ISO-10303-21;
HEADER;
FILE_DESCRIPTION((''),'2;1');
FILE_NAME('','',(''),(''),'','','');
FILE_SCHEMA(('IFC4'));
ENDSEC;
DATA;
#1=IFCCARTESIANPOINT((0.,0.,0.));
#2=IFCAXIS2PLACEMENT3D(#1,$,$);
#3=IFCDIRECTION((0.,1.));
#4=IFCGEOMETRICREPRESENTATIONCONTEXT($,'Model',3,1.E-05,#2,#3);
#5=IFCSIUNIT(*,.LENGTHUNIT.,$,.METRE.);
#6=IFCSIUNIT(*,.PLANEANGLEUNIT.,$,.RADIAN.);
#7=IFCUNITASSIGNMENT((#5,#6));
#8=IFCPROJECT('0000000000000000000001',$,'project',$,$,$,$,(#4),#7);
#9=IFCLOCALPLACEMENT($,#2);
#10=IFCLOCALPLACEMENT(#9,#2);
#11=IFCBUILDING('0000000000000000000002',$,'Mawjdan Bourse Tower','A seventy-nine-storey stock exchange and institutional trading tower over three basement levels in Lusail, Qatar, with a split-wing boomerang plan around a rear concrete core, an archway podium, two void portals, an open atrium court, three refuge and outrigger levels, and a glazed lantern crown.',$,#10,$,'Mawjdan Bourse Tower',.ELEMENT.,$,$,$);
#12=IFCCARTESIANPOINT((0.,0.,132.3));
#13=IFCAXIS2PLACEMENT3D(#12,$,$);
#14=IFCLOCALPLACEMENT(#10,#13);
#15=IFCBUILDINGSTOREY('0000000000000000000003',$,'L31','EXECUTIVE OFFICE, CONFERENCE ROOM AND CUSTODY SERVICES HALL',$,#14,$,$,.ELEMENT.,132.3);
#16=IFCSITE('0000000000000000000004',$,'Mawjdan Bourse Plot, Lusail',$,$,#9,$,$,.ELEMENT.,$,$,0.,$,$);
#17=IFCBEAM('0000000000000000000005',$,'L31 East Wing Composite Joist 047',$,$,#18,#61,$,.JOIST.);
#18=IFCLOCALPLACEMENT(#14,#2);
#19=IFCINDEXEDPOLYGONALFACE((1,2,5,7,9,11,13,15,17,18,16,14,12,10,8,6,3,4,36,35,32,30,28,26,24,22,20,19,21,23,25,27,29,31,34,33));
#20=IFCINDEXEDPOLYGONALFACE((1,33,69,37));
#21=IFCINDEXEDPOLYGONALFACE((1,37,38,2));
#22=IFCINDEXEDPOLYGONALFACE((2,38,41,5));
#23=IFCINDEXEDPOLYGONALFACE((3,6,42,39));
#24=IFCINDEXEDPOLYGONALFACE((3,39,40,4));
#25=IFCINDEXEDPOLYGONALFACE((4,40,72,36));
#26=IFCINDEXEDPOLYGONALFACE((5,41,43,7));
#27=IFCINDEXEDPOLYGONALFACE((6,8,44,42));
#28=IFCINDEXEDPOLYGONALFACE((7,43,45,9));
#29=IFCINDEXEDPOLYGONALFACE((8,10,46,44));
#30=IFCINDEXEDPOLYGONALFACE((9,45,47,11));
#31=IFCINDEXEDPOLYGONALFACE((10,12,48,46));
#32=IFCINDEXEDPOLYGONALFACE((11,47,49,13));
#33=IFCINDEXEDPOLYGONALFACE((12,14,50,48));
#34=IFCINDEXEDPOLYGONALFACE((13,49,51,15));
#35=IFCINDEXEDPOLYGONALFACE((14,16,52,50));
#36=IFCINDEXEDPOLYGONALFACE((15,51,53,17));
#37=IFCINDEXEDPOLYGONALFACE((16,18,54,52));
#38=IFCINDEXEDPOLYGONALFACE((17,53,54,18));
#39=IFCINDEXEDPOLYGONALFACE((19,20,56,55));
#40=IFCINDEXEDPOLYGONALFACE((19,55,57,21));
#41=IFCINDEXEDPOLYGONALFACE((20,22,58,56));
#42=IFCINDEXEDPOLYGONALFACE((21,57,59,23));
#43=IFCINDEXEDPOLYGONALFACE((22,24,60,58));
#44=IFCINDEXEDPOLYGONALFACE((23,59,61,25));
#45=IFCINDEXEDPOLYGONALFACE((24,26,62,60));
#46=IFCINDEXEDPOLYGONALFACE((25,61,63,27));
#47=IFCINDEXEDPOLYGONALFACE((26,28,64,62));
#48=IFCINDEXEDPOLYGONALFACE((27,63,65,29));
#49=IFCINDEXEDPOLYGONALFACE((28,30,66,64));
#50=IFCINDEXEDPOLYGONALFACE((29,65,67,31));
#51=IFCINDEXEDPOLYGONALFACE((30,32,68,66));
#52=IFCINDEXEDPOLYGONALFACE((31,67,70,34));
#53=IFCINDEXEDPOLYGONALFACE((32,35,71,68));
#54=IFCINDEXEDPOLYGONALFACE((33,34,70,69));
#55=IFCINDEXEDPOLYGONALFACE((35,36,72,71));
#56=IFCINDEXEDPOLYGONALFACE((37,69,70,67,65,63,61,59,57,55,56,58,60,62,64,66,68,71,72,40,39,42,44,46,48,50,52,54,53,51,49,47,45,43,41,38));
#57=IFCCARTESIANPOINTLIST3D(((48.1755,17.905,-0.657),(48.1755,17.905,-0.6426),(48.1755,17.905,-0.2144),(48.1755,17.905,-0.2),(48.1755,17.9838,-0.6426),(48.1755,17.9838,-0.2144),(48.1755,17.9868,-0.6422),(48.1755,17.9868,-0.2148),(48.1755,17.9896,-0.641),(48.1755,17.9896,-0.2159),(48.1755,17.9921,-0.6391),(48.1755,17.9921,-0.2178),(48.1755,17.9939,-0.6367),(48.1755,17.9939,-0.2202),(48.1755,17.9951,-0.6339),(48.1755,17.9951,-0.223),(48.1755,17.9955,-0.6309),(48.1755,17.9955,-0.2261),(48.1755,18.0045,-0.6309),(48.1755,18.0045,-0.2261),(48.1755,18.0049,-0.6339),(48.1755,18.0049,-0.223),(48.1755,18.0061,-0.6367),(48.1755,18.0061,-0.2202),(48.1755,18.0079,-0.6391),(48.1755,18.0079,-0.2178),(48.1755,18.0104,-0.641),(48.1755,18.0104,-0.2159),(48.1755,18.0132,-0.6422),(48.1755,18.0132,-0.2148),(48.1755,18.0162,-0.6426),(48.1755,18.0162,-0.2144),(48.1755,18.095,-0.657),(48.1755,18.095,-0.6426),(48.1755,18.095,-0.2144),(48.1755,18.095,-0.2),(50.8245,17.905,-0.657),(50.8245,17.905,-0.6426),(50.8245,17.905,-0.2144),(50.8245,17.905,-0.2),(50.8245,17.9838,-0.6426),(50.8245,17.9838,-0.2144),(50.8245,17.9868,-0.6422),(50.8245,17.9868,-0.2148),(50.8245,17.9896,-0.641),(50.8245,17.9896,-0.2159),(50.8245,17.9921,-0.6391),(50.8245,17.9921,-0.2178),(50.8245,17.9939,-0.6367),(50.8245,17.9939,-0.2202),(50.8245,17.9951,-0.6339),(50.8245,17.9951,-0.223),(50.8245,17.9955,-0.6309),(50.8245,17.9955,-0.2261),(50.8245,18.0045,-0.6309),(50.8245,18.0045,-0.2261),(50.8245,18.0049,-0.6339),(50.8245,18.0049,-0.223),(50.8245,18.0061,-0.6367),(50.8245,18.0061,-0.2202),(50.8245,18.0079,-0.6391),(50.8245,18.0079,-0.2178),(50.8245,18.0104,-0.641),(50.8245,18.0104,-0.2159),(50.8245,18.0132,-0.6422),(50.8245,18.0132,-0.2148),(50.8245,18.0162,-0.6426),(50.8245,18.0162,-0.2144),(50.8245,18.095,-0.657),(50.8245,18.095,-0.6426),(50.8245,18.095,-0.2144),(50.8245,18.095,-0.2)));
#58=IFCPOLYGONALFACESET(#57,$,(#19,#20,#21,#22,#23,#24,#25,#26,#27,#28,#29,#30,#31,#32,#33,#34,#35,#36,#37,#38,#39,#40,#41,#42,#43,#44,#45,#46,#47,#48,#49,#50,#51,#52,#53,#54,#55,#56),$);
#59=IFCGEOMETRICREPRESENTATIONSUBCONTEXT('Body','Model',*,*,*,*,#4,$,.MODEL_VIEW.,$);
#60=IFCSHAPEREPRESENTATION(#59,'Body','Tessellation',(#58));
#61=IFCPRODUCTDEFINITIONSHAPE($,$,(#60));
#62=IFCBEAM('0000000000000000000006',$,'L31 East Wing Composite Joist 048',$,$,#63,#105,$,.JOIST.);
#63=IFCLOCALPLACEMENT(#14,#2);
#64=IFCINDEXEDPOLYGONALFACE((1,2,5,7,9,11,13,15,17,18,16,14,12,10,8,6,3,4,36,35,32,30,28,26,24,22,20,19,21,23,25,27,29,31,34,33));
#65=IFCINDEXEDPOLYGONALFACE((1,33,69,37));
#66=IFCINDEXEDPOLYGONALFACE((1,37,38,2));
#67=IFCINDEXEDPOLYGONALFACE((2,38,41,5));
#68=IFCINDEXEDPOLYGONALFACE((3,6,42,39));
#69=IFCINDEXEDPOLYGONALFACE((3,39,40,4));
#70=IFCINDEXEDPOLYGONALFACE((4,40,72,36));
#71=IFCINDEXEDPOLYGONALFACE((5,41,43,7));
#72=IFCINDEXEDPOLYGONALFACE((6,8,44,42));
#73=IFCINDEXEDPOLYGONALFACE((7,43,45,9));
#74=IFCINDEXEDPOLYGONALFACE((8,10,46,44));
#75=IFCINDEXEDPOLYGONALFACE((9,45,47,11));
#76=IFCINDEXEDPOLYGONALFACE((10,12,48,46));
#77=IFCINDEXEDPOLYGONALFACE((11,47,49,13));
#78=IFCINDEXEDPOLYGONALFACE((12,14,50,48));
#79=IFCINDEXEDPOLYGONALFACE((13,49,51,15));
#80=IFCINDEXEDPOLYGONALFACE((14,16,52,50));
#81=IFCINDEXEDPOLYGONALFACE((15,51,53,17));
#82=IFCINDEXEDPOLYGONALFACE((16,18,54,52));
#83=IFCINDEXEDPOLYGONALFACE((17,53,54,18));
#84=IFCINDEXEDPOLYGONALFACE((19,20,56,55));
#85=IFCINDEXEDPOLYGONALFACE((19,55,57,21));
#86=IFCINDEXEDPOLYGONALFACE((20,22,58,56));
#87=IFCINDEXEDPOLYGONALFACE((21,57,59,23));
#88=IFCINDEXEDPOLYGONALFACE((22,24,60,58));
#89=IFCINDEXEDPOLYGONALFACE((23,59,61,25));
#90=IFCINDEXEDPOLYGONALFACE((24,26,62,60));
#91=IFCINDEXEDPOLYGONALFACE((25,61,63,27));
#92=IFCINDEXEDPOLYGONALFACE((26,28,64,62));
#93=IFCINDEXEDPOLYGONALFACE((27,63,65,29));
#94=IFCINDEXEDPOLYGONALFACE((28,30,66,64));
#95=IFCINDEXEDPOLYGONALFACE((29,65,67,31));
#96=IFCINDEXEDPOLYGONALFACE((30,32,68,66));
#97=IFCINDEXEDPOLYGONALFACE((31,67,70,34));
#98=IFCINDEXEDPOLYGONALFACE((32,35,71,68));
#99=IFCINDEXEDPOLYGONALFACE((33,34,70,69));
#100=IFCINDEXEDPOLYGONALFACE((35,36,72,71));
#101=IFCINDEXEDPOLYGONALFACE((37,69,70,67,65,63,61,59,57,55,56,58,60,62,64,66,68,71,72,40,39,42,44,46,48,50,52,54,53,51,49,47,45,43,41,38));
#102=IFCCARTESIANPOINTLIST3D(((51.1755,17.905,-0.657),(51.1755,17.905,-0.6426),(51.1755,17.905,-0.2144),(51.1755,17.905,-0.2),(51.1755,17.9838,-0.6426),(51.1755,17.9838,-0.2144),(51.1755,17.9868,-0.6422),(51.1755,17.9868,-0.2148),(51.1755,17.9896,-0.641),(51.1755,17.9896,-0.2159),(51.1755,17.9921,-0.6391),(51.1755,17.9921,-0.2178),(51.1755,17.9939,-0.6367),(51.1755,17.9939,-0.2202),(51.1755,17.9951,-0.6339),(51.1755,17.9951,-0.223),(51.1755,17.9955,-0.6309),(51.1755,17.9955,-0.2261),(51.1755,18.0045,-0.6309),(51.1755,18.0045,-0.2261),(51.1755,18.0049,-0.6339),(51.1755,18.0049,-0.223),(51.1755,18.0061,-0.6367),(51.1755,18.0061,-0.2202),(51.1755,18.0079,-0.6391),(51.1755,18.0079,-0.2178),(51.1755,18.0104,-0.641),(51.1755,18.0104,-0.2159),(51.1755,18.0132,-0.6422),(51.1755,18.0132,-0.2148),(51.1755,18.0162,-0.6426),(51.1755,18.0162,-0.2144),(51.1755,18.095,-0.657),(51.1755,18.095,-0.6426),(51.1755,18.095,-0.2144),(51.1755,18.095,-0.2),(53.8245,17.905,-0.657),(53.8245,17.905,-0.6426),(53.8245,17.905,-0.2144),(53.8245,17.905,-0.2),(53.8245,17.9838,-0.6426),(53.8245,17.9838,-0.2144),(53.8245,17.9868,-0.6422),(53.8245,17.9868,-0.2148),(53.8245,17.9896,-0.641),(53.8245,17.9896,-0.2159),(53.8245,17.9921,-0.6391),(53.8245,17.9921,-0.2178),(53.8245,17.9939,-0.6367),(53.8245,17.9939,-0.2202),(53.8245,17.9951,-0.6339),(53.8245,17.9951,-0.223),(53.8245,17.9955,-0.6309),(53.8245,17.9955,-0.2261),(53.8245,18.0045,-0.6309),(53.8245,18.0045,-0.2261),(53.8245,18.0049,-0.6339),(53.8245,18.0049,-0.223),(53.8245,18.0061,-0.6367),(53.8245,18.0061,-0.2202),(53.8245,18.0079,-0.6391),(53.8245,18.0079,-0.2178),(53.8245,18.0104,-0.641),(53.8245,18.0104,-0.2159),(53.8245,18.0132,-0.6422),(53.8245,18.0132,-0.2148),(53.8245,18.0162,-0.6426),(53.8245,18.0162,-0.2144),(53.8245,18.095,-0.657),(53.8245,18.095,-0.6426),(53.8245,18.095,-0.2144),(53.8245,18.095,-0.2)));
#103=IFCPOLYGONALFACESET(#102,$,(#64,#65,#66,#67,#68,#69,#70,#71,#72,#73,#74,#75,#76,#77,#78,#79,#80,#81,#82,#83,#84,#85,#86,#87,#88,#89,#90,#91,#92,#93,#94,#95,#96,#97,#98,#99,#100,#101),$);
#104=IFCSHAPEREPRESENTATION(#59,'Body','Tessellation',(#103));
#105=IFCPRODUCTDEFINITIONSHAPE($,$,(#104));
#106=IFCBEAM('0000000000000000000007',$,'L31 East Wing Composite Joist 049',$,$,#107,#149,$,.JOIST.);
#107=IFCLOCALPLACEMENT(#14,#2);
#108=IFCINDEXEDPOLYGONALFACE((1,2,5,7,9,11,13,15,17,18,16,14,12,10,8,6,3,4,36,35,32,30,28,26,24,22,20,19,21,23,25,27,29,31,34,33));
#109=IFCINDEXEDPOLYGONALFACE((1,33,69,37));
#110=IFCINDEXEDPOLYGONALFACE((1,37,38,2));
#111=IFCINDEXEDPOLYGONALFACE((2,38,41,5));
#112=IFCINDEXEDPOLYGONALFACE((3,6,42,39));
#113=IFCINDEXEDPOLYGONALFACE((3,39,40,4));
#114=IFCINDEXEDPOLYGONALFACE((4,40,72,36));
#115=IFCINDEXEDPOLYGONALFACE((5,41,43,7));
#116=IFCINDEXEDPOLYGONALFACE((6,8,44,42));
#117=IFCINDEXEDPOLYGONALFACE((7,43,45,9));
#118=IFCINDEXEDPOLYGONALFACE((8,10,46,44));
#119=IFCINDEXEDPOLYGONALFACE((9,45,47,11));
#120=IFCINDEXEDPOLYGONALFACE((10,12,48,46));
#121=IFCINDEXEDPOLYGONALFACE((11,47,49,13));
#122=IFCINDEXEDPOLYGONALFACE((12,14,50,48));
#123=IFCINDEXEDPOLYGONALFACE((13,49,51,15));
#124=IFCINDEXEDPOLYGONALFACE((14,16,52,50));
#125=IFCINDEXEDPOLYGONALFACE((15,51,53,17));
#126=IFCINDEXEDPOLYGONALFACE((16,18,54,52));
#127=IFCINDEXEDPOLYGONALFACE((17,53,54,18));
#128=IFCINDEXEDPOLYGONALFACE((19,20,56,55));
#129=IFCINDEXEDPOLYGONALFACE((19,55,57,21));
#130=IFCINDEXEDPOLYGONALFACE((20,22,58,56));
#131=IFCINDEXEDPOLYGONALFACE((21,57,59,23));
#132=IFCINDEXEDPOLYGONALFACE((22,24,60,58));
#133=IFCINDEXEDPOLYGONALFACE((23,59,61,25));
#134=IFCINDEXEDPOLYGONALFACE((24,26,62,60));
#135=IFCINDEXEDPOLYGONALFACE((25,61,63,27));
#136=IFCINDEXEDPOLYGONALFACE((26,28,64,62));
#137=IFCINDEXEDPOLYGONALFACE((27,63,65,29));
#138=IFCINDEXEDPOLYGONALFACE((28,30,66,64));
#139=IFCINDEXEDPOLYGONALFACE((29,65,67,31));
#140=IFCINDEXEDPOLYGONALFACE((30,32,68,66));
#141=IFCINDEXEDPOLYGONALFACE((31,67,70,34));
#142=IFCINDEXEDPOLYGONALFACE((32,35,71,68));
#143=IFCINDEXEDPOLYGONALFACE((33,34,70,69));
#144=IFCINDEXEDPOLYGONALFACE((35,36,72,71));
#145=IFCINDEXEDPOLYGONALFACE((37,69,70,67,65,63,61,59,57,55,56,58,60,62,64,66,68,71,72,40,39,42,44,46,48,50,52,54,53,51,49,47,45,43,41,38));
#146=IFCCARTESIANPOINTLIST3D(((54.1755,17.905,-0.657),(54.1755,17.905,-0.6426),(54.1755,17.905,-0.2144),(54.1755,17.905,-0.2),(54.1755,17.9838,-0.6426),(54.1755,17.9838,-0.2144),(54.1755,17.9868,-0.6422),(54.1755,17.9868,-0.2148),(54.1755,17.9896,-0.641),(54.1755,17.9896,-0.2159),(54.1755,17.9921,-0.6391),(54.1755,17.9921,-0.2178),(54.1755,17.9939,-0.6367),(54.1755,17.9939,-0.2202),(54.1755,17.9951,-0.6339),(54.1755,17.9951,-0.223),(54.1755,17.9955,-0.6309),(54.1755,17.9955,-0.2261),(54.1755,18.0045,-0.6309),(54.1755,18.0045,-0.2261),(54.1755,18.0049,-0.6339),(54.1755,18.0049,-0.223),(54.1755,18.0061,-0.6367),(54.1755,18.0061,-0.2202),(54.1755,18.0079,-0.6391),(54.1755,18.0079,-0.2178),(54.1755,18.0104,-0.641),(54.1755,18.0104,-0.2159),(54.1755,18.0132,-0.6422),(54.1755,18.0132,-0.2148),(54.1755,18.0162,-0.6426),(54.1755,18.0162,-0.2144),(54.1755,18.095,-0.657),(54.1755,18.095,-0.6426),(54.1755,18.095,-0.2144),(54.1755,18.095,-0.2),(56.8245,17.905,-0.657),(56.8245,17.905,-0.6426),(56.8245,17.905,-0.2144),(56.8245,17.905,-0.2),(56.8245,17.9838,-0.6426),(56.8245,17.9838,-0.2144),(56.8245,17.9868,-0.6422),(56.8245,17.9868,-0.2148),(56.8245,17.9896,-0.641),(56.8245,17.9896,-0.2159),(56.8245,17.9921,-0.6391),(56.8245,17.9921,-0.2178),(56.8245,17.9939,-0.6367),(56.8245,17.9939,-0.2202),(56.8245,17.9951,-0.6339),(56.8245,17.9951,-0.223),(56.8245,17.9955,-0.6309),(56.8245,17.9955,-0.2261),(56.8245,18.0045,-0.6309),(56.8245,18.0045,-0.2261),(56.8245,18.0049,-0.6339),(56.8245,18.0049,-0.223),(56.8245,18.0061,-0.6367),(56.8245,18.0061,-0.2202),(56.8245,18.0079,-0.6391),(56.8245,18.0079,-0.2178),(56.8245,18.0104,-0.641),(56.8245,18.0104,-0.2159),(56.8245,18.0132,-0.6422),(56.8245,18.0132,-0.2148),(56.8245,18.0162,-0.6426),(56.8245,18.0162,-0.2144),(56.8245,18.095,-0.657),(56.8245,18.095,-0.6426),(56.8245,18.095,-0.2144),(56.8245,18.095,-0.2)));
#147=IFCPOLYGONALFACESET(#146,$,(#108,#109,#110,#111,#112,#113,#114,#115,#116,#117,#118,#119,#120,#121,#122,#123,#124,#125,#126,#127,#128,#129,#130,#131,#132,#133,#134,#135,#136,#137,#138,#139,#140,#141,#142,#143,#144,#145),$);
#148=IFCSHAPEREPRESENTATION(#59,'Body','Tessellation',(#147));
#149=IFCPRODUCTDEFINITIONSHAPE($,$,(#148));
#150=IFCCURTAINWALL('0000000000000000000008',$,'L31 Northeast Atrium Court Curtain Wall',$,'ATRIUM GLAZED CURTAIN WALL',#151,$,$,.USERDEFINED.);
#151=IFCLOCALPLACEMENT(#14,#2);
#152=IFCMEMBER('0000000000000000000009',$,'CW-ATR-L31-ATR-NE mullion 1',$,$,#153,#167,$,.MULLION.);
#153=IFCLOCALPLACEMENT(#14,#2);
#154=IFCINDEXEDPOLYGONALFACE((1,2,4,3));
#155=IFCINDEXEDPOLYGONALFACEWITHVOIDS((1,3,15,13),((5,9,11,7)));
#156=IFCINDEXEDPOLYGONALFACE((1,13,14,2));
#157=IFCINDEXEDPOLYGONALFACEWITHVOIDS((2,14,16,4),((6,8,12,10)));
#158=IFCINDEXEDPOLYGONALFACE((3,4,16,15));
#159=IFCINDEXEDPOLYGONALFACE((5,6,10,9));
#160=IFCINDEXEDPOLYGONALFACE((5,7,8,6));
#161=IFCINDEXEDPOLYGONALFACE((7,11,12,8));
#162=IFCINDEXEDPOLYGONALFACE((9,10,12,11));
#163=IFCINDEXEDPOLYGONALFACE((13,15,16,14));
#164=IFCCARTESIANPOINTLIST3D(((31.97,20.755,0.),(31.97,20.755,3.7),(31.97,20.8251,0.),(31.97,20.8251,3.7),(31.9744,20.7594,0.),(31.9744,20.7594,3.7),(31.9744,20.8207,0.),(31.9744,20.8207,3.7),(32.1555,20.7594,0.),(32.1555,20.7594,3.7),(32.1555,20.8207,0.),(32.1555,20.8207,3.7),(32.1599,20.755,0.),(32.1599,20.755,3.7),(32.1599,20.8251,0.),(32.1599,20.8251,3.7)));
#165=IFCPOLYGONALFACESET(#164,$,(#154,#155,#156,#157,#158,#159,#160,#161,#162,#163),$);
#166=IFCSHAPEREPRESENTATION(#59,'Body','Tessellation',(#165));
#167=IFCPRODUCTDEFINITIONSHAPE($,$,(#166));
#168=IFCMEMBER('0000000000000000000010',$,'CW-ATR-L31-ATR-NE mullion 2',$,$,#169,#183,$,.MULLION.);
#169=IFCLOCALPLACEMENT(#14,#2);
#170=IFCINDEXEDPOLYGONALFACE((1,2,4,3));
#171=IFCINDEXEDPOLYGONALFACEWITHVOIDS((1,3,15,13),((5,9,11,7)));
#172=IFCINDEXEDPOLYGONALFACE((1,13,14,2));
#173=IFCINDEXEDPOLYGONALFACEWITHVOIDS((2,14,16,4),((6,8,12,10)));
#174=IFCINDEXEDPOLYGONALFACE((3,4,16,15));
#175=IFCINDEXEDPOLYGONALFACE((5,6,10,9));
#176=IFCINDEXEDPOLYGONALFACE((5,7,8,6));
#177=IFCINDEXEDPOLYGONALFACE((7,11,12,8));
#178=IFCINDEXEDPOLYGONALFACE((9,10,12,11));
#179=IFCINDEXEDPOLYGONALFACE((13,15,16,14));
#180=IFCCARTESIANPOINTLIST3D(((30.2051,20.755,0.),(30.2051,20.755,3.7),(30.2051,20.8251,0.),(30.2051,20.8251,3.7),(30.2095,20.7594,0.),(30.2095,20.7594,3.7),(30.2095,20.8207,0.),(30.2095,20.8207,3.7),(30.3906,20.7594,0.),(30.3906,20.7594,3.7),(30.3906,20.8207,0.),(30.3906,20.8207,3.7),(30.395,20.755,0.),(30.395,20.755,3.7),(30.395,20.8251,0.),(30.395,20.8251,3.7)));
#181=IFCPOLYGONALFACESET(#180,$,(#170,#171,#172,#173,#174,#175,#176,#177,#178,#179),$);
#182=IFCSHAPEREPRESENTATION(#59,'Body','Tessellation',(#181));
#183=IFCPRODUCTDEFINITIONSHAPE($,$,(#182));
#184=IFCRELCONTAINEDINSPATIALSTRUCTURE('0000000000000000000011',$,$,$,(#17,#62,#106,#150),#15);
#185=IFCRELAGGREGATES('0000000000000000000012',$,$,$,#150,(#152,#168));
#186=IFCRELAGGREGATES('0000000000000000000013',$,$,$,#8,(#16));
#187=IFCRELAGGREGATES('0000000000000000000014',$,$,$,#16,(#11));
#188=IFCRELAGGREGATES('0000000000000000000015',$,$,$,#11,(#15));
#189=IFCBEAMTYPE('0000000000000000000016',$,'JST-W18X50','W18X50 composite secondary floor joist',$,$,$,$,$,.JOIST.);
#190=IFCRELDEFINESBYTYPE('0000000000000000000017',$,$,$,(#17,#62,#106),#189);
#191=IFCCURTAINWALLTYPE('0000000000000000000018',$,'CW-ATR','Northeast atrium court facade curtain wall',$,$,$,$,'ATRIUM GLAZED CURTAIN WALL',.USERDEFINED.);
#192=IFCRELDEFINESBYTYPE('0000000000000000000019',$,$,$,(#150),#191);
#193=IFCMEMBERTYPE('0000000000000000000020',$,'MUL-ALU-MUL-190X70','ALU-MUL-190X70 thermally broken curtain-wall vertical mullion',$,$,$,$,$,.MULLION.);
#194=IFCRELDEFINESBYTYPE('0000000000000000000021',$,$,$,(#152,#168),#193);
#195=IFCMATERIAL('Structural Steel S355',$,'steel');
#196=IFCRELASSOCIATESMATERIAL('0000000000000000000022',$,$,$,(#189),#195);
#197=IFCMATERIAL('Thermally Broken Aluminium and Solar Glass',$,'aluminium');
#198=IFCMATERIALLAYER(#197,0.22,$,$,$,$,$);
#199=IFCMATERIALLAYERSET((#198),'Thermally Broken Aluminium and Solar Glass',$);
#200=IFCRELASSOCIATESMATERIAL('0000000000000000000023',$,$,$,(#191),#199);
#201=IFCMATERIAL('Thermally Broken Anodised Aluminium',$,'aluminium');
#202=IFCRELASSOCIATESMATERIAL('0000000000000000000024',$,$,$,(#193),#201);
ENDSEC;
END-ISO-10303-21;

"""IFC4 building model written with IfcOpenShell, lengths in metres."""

from ifc_helpers import new_model, si_unit, direction, frame, origin, origin_2d, place, context, subcontext, project, spatial, hollow_rectangle, i_section, extrude, material, layer, layer_set, material_profile, profile_set, type_object, element, aggregate, save


model = new_model("IFC4")

# Units and contexts
model_context = context("Model", 3, precision=1e-05, world=origin(), true_north=direction((0.0, 1.0)))
body_context = subcontext(model_context, "Body", "Model", "MODEL_VIEW")
ifc_project = project(units=[si_unit("LENGTHUNIT", "METRE"), si_unit("PLANEANGLEUNIT", "RADIAN")], contexts=[model_context])

# Site, building, storey
site_placement = place(None, origin())
site = spatial("IfcSite", under=ifc_project, at=site_placement, Name="Mawjdan Bourse Plot, Lusail", CompositionType="ELEMENT", RefElevation=0.0)
building_placement = place(site_placement, origin())
building = spatial("IfcBuilding", under=site, at=building_placement, Name="Mawjdan Bourse Tower", Description="A seventy-nine-storey stock exchange and institutional trading tower over three basement levels in Lusail, Qatar, with a split-wing boomerang plan around a rear concrete core, an archway podium, two void portals, an open atrium court, three refuge and outrigger levels, and a glazed lantern crown.", LongName="Mawjdan Bourse Tower", CompositionType="ELEMENT")
storey_placement = place(building_placement, frame((0.0, 0.0, 132.3)))
storey = spatial("IfcBuildingStorey", under=building, at=storey_placement, Name="L31", Description="EXECUTIVE OFFICE, CONFERENCE ROOM AND CUSTODY SERVICES HALL", CompositionType="ELEMENT", Elevation=132.3)

# Beams
ifc_material_1 = material(Name="Structural Steel S355", Category="steel")
ifc_material_profile_1 = material_profile(ifc_material_1, i_section(OverallWidth=0.1899, OverallDepth=0.457, WebThickness=0.009, FlangeThickness=0.0144, FilletRadius=0.0117, at=origin_2d()), Name="W18X50")
ifc_profile_set_1 = profile_set([ifc_material_profile_1], Name="Structural Steel S355")
beam_type_1 = type_object("IfcBeamType", Name="JST-W18X50", Description="W18X50 composite secondary floor joist", PredefinedType="JOIST", material=ifc_profile_set_1)
for number, where, z_axis, x_axis, name in (
    (1, (48.1755, 18.0, -0.4285), (1.0, 0.0, 0.0), (0.0, 1.0, 0.0), "L31 East Wing Composite Joist 047"),
    (2, (51.1755, 18.0, -0.4285), (1.0, 0.0, 0.0), (0.0, 1.0, 0.0), "L31 East Wing Composite Joist 048"),
    (3, (54.1755, 18.0, -0.4285), (1.0, 0.0, 0.0), (0.0, 1.0, 0.0), "L31 East Wing Composite Joist 049"),
):
    element("IfcBeam", number, at=place(storey_placement, frame(where, z_axis=z_axis, x_axis=x_axis)), inside=storey, type_object=beam_type_1, Name=name, PredefinedType="JOIST", context=body_context, shape_type="SweptSolid", body=[
        extrude(i_section(OverallWidth=0.1899, OverallDepth=0.457, WebThickness=0.009, FlangeThickness=0.0144, FilletRadius=0.0117, at=origin_2d()), origin(), (0.0, 0.0, 1.0), 2.6489),
    ])

# Curtain wall, members
ifc_material_2 = material(Name="Thermally Broken Aluminium and Solar Glass", Category="aluminium")
ifc_layer_1 = layer(ifc_material_2, 0.22)
ifc_layer_set_1 = layer_set([ifc_layer_1], Name="Thermally Broken Aluminium and Solar Glass")
curtain_wall_type = type_object("IfcCurtainWallType", Name="CW-ATR", Description="Northeast atrium court facade curtain wall", ElementType="ATRIUM GLAZED CURTAIN WALL", PredefinedType="USERDEFINED", material=ifc_layer_set_1)
curtain_wall_placement = place(storey_placement, origin())
curtain_wall = element("IfcCurtainWall", 4, at=curtain_wall_placement, inside=storey, type_object=curtain_wall_type, Name="L31 Northeast Atrium Court Curtain Wall", ObjectType="ATRIUM GLAZED CURTAIN WALL", PredefinedType="USERDEFINED")
ifc_material_3 = material(Name="Thermally Broken Anodised Aluminium", Category="aluminium")
ifc_material_profile_2 = material_profile(ifc_material_3, hollow_rectangle(XDim=0.0701, YDim=0.1899, WallThickness=0.0044, at=origin_2d()), Name="ALU-MUL-190X70")
ifc_profile_set_2 = profile_set([ifc_material_profile_2], Name="Thermally Broken Anodised Aluminium")
member_type_1 = type_object("IfcMemberType", Name="MUL-ALU-MUL-190X70", Description="ALU-MUL-190X70 thermally broken curtain-wall vertical mullion", PredefinedType="MULLION", material=ifc_profile_set_2)
member_1_placement = place(storey_placement, frame((32.0649, 20.79, 0.0), z_axis=(0.0, 0.0, 1.0), x_axis=(0.0, -1.0, 0.0)))
member_1 = element("IfcMember", 5, at=member_1_placement, type_object=member_type_1, Name="CW-ATR-L31-ATR-NE mullion 1", PredefinedType="MULLION", context=body_context, shape_type="SweptSolid", body=[
    extrude(hollow_rectangle(XDim=0.0701, YDim=0.1899, WallThickness=0.0044, at=origin_2d()), origin(), (0.0, 0.0, 1.0), 3.7),
])
member_2_placement = place(storey_placement, frame((30.3, 20.79, 0.0), z_axis=(0.0, 0.0, 1.0), x_axis=(0.0, -1.0, 0.0)))
member_2 = element("IfcMember", 6, at=member_2_placement, type_object=member_type_1, Name="CW-ATR-L31-ATR-NE mullion 2", PredefinedType="MULLION", context=body_context, shape_type="SweptSolid", body=[
    extrude(hollow_rectangle(XDim=0.0701, YDim=0.1899, WallThickness=0.0044, at=origin_2d()), origin(), (0.0, 0.0, 1.0), 3.7),
])

aggregate(curtain_wall, [member_1, member_2])

save(model, "model.ifc")
